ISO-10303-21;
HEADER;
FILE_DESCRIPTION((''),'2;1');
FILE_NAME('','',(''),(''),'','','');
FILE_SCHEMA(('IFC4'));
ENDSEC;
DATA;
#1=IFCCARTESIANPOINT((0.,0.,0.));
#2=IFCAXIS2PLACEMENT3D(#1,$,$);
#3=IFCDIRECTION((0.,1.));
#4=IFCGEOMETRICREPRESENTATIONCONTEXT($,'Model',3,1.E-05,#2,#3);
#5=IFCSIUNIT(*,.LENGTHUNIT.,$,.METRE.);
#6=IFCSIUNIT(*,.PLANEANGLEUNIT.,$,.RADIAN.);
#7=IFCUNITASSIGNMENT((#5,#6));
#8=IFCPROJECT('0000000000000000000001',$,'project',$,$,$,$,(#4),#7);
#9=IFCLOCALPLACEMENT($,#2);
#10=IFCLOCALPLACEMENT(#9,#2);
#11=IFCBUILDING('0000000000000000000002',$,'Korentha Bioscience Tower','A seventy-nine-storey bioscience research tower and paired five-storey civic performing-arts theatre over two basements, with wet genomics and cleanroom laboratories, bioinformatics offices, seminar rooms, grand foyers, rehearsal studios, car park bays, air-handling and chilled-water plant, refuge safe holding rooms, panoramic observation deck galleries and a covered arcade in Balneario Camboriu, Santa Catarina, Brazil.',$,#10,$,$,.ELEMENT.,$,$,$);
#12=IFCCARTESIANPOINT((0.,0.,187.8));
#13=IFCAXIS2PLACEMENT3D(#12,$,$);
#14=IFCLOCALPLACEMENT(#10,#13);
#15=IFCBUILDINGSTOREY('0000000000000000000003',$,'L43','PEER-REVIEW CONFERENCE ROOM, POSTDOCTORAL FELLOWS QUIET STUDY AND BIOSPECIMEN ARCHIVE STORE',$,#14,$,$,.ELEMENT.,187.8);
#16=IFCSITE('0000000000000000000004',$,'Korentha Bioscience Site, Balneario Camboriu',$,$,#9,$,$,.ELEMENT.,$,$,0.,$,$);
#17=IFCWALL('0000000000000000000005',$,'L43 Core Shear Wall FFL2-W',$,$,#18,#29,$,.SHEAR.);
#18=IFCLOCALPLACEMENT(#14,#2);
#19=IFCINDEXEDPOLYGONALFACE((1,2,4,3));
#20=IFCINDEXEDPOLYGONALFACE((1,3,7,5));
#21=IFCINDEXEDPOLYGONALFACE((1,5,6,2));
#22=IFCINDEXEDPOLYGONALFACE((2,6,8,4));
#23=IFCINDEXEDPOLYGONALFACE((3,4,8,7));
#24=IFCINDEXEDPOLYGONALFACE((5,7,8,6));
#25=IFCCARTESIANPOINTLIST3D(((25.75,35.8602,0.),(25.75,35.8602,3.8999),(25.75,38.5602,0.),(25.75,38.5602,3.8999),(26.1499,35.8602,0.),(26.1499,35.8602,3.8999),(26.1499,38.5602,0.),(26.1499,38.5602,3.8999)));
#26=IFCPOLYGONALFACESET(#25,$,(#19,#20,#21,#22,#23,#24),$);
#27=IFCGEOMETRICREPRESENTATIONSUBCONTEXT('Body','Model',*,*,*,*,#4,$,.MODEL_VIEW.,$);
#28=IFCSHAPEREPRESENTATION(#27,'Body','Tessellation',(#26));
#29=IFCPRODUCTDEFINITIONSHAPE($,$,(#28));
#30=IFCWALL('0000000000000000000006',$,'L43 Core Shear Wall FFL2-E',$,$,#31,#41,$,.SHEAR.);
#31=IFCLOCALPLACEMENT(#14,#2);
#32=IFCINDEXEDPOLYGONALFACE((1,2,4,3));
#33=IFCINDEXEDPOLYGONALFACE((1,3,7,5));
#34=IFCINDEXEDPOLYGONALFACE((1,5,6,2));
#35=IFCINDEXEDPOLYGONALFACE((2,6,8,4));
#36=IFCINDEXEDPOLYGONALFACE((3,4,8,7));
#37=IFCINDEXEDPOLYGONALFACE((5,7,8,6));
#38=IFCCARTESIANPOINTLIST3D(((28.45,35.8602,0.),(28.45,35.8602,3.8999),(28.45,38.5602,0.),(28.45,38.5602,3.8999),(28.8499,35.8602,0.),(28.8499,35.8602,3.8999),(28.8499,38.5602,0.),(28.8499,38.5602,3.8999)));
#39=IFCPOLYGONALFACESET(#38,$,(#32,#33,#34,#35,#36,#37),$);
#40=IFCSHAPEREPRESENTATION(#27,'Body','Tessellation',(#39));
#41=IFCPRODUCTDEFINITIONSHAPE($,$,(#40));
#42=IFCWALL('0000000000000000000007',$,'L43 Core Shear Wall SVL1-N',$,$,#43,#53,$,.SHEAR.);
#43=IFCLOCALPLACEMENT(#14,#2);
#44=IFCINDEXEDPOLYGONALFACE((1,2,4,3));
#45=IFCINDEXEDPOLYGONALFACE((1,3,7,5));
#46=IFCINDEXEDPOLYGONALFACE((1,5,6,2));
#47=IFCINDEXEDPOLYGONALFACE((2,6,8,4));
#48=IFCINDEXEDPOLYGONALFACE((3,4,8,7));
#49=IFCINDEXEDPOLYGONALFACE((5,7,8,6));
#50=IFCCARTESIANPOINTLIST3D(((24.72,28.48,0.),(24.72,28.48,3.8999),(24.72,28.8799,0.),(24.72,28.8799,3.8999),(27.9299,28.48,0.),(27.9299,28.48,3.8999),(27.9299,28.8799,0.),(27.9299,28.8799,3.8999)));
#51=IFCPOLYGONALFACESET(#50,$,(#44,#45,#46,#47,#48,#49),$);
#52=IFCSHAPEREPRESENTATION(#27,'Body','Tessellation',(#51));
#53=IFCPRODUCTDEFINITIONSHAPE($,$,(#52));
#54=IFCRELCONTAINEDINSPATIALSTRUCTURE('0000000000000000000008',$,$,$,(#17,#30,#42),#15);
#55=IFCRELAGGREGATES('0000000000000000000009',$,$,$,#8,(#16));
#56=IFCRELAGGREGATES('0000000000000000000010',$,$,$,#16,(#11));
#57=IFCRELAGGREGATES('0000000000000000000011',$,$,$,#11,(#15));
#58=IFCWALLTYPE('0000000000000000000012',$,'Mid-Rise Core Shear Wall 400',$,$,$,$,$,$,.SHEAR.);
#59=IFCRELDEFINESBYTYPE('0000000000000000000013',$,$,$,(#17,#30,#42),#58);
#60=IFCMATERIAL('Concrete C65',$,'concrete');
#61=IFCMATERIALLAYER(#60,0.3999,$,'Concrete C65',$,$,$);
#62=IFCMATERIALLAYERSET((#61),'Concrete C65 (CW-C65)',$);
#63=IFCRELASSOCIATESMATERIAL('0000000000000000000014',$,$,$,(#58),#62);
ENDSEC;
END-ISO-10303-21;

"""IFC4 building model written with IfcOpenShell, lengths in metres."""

from ifc_helpers import new_model, si_unit, direction, frame, frame_2d, origin, place, context, subcontext, project, spatial, rectangle, extrude, material, layer, layer_set, type_object, element, save


model = new_model("IFC4")

# Units and contexts
model_context = context("Model", 3, precision=1e-05, world=origin(), true_north=direction((0.0, 1.0)))
body_context = subcontext(model_context, "Body", "Model", "MODEL_VIEW")
ifc_project = project(units=[si_unit("LENGTHUNIT", "METRE"), si_unit("PLANEANGLEUNIT", "RADIAN")], contexts=[model_context])

# Site, building, storey
site_placement = place(None, origin())
site = spatial("IfcSite", under=ifc_project, at=site_placement, Name="Korentha Bioscience Site, Balneario Camboriu", CompositionType="ELEMENT", RefElevation=0.0)
building_placement = place(site_placement, origin())
building = spatial("IfcBuilding", under=site, at=building_placement, Name="Korentha Bioscience Tower", Description="A seventy-nine-storey bioscience research tower and paired five-storey civic performing-arts theatre over two basements, with wet genomics and cleanroom laboratories, bioinformatics offices, seminar rooms, grand foyers, rehearsal studios, car park bays, air-handling and chilled-water plant, refuge safe holding rooms, panoramic observation deck galleries and a covered arcade in Balneario Camboriu, Santa Catarina, Brazil.", CompositionType="ELEMENT")
storey_placement = place(building_placement, frame((0.0, 0.0, 187.8)))
storey = spatial("IfcBuildingStorey", under=building, at=storey_placement, Name="L43", Description="PEER-REVIEW CONFERENCE ROOM, POSTDOCTORAL FELLOWS QUIET STUDY AND BIOSPECIMEN ARCHIVE STORE", CompositionType="ELEMENT", Elevation=187.8)

# Shared definitions
ifc_material_1 = material(Name="Concrete C65", Category="concrete")

# Shared definitions
ifc_layer_1 = layer(ifc_material_1, 0.3999, Name="Concrete C65")
ifc_layer_set_1 = layer_set([ifc_layer_1], Name="Concrete C65 (CW-C65)")
wall_type_1 = type_object("IfcWallType", Name="Mid-Rise Core Shear Wall 400", PredefinedType="SHEAR", material=ifc_layer_set_1)

# Walls
for number, where, z_axis, x_axis, name in (
    (1, (25.95, 35.8601, 0.0), (0.0, 0.0, 1.0), (0.0, 1.0, 0.0), "L43 Core Shear Wall FFL2-W"),
    (2, (28.6499, 35.8601, 0.0), (0.0, 0.0, 1.0), (0.0, 1.0, 0.0), "L43 Core Shear Wall FFL2-E"),
):
    element("IfcWall", number, at=place(storey_placement, frame(where, z_axis=z_axis, x_axis=x_axis)), inside=storey, type_object=wall_type_1, Name=name, PredefinedType="SHEAR", context=body_context, shape_type="SweptSolid", body=[
        extrude(rectangle(XDim=2.7, YDim=0.3999, at=frame_2d((1.3501, 0.0))), origin(), (0.0, 0.0, 1.0), 3.8999),
    ])
wall_1_placement = place(storey_placement, frame((24.72, 28.6799, 0.0), z_axis=(0.0, 0.0, 1.0), x_axis=(1.0, 0.0, 0.0)))
element("IfcWall", 3, at=wall_1_placement, inside=storey, type_object=wall_type_1, Name="L43 Core Shear Wall SVL1-N", PredefinedType="SHEAR", context=body_context, shape_type="SweptSolid", body=[
    extrude(rectangle(XDim=3.21, YDim=0.3999, at=frame_2d((1.605, 0.0))), origin(), (0.0, 0.0, 1.0), 3.8999),
])

save(model, "model.ifc")
